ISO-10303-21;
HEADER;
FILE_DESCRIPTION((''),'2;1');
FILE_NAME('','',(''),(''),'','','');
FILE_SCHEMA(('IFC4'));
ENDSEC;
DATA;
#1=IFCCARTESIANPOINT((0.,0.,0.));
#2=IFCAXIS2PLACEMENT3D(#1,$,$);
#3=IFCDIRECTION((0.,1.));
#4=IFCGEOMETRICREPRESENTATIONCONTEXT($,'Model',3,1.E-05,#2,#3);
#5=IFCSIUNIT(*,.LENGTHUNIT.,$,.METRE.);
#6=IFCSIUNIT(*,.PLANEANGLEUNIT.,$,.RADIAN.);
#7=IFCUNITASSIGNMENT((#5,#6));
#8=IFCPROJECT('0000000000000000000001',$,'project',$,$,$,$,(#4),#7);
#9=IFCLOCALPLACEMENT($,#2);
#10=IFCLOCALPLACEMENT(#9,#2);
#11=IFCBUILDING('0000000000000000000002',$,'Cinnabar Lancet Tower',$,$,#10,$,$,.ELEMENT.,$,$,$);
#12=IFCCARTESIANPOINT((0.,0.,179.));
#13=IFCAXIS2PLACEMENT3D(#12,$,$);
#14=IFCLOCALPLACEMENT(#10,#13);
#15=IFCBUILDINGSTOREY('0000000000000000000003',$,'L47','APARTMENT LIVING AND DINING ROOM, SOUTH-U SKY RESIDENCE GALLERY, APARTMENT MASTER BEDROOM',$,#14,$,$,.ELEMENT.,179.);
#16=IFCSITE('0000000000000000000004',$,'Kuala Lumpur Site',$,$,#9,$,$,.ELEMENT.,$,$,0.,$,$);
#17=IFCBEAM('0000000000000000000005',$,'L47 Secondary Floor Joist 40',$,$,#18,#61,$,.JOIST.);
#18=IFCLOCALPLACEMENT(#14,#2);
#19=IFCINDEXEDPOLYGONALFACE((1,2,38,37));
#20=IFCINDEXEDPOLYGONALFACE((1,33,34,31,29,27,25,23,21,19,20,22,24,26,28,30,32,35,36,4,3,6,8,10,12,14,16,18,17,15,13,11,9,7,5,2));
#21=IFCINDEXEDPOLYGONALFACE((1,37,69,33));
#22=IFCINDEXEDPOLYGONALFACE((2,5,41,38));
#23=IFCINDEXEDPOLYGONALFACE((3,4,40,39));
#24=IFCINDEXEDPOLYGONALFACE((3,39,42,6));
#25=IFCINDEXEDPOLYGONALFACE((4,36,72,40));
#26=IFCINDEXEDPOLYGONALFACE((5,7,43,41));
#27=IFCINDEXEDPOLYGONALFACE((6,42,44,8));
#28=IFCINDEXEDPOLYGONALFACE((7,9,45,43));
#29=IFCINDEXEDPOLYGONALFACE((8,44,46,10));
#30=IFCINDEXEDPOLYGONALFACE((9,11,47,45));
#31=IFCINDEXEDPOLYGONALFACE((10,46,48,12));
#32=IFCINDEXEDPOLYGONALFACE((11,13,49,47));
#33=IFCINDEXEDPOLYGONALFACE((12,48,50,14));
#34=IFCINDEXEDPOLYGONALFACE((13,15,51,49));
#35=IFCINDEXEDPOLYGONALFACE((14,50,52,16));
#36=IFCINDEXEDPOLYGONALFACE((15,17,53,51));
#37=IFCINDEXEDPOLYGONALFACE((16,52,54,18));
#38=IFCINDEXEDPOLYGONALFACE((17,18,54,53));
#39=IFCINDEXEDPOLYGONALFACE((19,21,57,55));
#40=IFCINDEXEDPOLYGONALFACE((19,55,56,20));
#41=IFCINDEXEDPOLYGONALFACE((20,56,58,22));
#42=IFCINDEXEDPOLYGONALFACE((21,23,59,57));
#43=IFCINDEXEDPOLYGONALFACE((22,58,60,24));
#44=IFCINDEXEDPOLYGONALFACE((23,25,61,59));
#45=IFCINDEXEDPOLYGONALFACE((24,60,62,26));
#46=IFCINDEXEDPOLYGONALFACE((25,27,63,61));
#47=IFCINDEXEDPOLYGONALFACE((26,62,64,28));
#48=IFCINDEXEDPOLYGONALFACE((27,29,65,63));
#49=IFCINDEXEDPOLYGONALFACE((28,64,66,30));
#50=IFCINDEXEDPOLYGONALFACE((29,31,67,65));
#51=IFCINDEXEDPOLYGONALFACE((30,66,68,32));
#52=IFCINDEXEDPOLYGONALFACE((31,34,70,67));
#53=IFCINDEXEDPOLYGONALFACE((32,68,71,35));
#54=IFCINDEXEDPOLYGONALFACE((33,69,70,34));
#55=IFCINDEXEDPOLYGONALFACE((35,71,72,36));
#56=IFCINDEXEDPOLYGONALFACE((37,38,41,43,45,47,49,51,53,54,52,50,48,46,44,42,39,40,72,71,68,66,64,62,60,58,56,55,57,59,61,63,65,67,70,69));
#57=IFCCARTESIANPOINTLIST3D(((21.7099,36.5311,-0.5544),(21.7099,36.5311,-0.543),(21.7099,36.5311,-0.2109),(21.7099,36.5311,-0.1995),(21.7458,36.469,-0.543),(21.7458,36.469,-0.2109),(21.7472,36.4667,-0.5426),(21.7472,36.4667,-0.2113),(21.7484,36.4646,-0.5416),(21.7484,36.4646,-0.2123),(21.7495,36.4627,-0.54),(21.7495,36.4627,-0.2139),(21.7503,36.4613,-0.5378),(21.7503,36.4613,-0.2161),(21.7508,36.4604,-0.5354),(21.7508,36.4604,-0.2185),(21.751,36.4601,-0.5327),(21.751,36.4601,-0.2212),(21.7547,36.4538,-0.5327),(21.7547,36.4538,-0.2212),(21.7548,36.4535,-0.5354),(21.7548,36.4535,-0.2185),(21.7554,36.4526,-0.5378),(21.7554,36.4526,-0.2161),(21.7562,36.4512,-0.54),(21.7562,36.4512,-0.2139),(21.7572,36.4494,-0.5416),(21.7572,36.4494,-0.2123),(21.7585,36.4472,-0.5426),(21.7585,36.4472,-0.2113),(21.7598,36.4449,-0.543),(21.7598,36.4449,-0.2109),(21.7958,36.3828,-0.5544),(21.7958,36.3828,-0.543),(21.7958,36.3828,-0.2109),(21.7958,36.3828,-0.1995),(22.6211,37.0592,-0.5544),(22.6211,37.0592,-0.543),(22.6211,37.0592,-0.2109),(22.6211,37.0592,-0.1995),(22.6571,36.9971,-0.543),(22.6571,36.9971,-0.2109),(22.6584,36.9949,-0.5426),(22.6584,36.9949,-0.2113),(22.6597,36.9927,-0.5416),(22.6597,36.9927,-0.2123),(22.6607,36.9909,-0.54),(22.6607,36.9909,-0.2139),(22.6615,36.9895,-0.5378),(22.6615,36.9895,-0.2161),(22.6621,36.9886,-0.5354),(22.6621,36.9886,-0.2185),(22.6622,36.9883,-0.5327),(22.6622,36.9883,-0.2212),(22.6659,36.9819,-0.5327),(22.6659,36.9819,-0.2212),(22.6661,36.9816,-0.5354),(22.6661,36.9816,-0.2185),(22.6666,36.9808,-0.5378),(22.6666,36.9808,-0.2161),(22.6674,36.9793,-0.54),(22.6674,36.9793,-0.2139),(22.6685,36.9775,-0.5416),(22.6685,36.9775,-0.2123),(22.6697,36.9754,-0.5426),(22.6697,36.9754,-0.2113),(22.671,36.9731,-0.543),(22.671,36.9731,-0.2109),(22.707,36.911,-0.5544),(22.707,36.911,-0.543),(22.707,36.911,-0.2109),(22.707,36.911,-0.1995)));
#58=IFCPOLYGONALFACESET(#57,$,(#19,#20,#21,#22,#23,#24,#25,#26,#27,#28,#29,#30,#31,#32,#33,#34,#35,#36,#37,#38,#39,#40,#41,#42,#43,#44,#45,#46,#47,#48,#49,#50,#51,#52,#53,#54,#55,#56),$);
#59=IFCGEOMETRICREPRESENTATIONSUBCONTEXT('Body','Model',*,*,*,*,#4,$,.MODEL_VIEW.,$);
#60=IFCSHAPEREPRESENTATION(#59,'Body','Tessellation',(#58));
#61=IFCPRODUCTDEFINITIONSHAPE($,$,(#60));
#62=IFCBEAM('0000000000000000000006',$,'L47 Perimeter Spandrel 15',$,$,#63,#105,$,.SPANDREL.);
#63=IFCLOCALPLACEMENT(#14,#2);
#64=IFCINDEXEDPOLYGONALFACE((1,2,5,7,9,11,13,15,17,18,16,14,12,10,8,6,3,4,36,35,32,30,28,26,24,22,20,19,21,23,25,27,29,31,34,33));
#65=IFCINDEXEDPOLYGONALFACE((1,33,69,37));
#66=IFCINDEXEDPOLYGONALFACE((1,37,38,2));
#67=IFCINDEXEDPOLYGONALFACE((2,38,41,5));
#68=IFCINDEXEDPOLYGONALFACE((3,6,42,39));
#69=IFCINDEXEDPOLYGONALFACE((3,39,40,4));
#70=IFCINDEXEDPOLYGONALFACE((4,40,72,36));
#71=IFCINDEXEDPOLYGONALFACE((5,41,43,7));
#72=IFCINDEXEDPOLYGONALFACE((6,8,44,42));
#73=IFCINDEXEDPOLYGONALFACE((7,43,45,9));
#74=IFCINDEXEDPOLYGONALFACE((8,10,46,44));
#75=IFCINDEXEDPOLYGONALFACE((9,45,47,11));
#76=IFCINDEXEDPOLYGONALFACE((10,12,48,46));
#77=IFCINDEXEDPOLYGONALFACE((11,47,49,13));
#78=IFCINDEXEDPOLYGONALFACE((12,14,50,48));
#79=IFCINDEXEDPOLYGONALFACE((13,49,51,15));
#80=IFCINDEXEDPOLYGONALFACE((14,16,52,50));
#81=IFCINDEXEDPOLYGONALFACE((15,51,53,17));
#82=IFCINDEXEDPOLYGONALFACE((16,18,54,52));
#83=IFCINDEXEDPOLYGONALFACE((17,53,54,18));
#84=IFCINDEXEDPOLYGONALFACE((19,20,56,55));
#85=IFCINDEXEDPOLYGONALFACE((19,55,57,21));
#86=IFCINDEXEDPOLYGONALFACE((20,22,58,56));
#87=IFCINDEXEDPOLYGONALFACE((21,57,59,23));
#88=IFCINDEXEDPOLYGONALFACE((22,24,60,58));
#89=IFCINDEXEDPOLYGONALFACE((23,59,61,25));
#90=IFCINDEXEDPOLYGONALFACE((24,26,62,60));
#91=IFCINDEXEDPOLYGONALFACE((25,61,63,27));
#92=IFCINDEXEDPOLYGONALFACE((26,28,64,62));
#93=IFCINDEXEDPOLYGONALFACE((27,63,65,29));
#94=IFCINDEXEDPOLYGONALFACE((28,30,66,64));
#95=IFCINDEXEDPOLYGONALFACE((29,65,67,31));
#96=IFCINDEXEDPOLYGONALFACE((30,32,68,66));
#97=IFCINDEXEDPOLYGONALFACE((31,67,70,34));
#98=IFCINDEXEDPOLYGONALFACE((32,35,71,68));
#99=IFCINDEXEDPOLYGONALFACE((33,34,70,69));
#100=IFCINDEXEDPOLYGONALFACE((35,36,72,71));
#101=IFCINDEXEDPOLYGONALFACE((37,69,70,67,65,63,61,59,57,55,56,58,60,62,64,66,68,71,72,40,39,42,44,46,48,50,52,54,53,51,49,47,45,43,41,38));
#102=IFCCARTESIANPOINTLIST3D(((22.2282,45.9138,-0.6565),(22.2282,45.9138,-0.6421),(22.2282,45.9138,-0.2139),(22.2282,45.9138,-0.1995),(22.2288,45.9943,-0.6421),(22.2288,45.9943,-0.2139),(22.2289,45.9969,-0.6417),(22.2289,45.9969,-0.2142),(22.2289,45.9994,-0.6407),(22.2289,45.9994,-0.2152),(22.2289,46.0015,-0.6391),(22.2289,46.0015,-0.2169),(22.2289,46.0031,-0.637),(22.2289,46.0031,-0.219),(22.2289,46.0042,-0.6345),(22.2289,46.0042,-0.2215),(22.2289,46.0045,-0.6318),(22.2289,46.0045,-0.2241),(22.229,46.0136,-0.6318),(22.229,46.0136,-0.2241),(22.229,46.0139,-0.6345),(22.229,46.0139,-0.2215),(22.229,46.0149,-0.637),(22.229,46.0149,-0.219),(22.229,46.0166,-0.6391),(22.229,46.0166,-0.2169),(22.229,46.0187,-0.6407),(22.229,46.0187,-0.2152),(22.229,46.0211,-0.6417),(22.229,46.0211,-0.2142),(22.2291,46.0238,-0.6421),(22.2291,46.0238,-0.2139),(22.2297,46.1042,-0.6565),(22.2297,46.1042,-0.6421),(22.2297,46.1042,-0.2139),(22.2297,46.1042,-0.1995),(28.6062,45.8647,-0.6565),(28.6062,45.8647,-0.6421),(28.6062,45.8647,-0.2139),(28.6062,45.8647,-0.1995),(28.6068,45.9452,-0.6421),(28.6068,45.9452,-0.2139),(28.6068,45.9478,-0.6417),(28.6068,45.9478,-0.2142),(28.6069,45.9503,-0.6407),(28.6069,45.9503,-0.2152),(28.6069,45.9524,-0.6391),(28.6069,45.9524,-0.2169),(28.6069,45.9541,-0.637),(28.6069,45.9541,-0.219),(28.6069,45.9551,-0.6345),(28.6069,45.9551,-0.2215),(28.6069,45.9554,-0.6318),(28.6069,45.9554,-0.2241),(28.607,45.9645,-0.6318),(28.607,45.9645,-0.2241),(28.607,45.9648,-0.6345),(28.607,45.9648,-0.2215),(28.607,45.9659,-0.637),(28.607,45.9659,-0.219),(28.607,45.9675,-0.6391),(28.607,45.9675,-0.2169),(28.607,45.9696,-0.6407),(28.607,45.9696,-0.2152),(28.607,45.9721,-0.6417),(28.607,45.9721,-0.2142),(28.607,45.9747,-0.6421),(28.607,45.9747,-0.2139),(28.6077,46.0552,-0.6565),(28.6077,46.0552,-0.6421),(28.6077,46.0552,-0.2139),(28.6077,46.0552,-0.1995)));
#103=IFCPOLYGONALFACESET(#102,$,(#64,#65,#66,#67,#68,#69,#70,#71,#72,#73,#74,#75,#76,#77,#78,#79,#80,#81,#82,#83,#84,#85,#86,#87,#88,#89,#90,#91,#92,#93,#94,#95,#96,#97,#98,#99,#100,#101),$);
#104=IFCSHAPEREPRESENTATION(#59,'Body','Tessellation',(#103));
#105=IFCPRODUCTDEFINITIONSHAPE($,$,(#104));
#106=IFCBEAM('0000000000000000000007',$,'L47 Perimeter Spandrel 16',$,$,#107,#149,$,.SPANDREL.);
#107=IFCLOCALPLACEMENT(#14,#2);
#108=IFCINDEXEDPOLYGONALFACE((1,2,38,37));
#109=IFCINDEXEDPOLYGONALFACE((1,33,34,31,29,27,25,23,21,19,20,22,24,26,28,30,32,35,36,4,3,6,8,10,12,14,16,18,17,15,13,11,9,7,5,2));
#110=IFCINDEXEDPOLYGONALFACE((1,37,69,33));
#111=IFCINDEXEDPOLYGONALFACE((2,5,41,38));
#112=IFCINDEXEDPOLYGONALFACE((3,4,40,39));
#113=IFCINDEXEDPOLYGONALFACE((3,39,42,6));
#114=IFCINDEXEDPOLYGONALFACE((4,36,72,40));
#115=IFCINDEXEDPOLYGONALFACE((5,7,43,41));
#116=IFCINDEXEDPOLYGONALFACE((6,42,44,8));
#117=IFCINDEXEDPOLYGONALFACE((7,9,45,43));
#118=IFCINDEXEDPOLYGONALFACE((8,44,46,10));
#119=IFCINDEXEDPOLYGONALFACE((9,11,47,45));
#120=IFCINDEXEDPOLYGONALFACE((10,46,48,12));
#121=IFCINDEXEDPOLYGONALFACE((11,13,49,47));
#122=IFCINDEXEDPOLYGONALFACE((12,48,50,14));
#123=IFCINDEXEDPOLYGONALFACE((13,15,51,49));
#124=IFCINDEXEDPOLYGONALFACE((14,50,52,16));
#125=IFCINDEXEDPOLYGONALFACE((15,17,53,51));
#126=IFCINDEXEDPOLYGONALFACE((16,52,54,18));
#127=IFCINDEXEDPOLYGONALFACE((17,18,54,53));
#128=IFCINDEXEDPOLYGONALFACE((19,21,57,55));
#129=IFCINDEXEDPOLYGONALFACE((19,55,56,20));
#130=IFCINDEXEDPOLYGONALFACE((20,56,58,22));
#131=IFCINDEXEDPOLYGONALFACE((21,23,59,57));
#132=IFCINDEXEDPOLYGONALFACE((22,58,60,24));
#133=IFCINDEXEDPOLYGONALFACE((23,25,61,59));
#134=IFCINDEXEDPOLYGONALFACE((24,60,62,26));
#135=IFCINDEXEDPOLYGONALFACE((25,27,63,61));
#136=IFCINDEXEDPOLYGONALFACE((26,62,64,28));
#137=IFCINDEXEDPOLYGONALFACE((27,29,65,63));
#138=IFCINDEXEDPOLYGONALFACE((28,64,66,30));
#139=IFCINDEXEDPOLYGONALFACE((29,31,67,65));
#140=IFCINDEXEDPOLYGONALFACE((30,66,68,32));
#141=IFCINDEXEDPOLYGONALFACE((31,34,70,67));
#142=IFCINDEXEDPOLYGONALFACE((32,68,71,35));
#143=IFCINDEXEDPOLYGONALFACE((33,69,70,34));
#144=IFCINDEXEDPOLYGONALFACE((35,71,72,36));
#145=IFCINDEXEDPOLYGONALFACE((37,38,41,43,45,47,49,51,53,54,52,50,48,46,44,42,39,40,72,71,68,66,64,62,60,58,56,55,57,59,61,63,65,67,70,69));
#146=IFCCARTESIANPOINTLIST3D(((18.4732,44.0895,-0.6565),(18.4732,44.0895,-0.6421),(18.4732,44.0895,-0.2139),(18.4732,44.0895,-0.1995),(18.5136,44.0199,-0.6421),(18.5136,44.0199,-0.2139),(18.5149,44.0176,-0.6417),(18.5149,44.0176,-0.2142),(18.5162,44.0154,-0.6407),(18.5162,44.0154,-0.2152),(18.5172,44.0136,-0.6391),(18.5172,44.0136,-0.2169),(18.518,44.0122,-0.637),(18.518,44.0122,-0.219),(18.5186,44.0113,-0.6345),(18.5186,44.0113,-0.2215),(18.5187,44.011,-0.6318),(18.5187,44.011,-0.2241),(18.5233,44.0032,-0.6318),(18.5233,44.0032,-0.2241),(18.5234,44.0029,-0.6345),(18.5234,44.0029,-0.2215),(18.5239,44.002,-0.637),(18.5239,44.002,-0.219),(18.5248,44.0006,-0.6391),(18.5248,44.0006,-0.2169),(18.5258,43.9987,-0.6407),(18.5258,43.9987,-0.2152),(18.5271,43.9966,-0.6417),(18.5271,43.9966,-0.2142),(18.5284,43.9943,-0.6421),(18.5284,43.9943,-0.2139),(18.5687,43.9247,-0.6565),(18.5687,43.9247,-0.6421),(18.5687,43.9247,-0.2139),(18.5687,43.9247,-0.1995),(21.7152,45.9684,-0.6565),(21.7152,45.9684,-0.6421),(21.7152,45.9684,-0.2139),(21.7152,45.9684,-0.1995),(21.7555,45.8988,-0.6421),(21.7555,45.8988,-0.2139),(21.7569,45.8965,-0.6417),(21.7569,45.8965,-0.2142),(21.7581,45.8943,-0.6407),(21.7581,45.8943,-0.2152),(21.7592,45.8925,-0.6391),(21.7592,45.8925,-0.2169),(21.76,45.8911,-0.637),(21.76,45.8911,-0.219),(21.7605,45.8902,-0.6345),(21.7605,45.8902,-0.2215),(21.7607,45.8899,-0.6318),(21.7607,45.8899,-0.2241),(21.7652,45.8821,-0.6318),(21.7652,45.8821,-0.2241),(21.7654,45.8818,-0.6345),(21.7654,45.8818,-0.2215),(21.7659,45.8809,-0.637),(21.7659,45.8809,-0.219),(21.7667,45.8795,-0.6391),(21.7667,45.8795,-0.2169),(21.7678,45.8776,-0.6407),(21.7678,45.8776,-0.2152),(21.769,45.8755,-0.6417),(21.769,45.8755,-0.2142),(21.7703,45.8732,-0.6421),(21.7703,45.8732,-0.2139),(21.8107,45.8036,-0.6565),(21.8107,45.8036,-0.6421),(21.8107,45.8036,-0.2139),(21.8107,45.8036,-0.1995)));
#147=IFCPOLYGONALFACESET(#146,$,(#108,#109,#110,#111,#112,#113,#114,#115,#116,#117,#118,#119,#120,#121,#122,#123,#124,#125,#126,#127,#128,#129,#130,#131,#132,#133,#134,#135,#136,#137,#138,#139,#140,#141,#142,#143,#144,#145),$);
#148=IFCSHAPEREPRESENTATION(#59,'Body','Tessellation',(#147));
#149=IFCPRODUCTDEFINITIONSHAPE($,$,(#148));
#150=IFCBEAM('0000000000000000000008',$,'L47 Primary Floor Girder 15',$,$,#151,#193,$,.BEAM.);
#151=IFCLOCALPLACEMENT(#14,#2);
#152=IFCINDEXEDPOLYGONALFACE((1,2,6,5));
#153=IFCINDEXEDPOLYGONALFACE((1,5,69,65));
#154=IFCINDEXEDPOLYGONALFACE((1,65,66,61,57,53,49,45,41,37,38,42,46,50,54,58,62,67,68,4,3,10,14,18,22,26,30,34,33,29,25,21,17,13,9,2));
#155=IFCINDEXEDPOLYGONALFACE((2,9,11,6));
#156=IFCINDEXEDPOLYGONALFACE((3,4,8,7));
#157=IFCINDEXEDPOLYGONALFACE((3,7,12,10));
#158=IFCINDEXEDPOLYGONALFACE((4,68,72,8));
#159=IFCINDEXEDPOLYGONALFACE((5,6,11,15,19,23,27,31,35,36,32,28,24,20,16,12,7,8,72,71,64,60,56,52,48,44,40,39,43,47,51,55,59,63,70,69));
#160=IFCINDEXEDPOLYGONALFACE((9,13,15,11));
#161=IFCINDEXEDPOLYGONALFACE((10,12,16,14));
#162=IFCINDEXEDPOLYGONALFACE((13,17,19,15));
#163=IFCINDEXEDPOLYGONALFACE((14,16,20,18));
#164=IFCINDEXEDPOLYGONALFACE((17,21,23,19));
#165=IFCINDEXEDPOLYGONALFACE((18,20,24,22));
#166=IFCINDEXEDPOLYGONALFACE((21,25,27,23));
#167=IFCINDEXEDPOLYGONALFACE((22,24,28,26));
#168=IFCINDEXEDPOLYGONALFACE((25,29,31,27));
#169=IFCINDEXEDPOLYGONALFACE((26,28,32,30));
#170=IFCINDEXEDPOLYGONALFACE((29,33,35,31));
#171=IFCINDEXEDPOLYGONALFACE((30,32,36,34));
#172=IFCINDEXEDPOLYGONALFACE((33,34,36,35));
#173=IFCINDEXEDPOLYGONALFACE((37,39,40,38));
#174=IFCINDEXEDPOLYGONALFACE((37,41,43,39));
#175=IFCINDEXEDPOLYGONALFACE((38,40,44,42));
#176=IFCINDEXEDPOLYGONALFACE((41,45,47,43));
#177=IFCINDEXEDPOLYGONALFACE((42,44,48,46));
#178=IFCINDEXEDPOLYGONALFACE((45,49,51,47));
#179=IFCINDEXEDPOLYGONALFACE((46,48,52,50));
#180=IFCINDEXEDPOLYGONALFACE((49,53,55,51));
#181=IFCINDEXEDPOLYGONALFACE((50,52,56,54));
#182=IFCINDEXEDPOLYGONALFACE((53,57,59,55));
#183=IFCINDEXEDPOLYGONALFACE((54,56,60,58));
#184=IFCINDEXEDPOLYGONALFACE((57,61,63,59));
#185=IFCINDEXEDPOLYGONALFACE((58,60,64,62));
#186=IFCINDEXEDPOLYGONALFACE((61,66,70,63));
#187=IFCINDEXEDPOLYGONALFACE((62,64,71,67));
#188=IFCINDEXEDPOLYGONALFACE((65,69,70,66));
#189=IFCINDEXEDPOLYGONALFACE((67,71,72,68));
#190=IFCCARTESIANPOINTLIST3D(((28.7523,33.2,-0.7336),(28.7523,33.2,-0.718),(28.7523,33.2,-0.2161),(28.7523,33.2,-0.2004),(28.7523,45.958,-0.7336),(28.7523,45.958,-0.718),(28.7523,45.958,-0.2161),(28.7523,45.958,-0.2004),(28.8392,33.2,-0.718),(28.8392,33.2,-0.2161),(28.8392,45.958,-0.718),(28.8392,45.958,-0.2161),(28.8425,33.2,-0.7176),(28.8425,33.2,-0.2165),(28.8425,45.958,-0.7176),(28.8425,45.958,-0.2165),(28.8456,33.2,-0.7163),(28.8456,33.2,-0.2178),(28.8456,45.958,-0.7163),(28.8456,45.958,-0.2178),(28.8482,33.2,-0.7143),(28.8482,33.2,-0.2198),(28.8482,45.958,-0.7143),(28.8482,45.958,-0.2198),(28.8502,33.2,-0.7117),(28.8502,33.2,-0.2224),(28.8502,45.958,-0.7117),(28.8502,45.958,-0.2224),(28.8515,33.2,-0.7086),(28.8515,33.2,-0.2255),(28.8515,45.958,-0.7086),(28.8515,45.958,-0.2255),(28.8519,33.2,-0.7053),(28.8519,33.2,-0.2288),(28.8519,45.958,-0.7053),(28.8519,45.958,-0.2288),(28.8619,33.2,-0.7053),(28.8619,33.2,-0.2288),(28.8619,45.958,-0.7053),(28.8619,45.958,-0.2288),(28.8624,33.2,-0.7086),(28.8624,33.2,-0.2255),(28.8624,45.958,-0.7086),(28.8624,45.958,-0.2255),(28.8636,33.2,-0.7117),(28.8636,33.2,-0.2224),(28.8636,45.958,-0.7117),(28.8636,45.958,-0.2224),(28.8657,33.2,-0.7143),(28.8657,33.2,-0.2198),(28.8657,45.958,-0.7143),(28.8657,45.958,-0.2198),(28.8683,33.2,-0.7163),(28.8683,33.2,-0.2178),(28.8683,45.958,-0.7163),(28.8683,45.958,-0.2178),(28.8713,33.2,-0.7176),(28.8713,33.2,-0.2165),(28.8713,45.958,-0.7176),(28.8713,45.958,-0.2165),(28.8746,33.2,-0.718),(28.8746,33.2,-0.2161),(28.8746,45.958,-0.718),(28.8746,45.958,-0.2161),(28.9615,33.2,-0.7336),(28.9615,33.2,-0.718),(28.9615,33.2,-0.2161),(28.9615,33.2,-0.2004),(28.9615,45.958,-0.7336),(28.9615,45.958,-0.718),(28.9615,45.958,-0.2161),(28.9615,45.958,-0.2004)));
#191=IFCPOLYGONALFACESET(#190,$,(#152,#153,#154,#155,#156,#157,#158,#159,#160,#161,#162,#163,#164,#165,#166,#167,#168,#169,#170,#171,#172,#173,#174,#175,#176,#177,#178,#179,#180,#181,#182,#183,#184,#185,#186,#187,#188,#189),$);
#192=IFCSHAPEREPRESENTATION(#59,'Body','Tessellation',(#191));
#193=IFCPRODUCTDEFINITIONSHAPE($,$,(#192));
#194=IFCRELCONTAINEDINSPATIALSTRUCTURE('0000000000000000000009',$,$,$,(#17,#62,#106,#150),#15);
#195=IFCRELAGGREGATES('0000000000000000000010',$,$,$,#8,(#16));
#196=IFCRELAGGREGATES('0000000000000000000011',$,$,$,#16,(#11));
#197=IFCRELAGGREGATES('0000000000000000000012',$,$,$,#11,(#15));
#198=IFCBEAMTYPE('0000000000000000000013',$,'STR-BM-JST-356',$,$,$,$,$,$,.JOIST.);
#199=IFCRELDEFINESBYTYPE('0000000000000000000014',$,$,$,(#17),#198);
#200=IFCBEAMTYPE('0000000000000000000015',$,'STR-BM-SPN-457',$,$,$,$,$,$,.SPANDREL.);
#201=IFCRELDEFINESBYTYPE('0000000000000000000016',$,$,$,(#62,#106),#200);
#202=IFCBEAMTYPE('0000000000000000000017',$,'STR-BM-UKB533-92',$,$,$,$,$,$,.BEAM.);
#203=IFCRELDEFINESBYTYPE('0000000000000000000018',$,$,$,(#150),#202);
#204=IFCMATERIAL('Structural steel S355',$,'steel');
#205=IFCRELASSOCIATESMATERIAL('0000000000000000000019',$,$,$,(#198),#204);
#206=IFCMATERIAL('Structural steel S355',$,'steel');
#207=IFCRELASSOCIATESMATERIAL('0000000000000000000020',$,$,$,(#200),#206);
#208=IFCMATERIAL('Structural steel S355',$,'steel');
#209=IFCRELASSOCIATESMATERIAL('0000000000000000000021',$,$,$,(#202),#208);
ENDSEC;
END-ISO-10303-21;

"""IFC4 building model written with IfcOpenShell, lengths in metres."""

from ifc_helpers import new_model, si_unit, direction, frame, origin, origin_2d, place, context, subcontext, project, spatial, i_section, extrude, material, material_profile, profile_set, type_object, element, save


model = new_model("IFC4")

# Units and contexts
model_context = context("Model", 3, precision=1e-05, world=origin(), true_north=direction((0.0, 1.0)))
body_context = subcontext(model_context, "Body", "Model", "MODEL_VIEW")
ifc_project = project(units=[si_unit("LENGTHUNIT", "METRE"), si_unit("PLANEANGLEUNIT", "RADIAN")], contexts=[model_context])

# Site, building, storey
site_placement = place(None, origin())
site = spatial("IfcSite", under=ifc_project, at=site_placement, Name="Kuala Lumpur Site", CompositionType="ELEMENT", RefElevation=0.0)
building_placement = place(site_placement, origin())
building = spatial("IfcBuilding", under=site, at=building_placement, Name="Cinnabar Lancet Tower", CompositionType="ELEMENT")
storey_placement = place(building_placement, frame((0.0, 0.0, 179.0)))
storey = spatial("IfcBuildingStorey", under=building, at=storey_placement, Name="L47", Description="APARTMENT LIVING AND DINING ROOM, SOUTH-U SKY RESIDENCE GALLERY, APARTMENT MASTER BEDROOM", CompositionType="ELEMENT", Elevation=179.0)

# Beams
ifc_material_1 = material(Name="Structural steel S355", Category="steel")
ifc_material_profile_1 = material_profile(ifc_material_1, i_section(OverallWidth=0.1714, OverallDepth=0.355, WebThickness=0.0073, FlangeThickness=0.0115, FilletRadius=0.0103, at=origin_2d()), Name="UKB 356x171x51")
ifc_profile_set_1 = profile_set([ifc_material_profile_1], Name="Structural steel S355")
beam_type_1 = type_object("IfcBeamType", Name="STR-BM-JST-356", PredefinedType="JOIST", material=ifc_profile_set_1)
beam_1_placement = place(storey_placement, frame((22.6641, 36.9851, -0.377), z_axis=(-0.865188, -0.501447, 0.0), x_axis=(0.501447, -0.865188, 0.0)))
element("IfcBeam", 1, at=beam_1_placement, inside=storey, type_object=beam_type_1, Name="L47 Secondary Floor Joist 40", PredefinedType="JOIST", context=body_context, shape_type="SweptSolid", body=[
    extrude(i_section(OverallWidth=0.1714, OverallDepth=0.355, WebThickness=0.0073, FlangeThickness=0.0115, FilletRadius=0.0103, at=origin_2d()), origin(), (0.0, 0.0, 1.0), 1.0532),
])
ifc_material_2 = material(Name="Structural steel S355", Category="steel")
ifc_material_profile_2 = material_profile(ifc_material_2, i_section(OverallWidth=0.1904, OverallDepth=0.457, WebThickness=0.009, FlangeThickness=0.0144, FilletRadius=0.0103, at=origin_2d()), Name="UKB 457x191x74")
ifc_profile_set_2 = profile_set([ifc_material_profile_2], Name="Structural steel S355")
beam_type_2 = type_object("IfcBeamType", Name="STR-BM-SPN-457", PredefinedType="SPANDREL", material=ifc_profile_set_2)
beam_2_placement = place(storey_placement, frame((28.6069, 45.96, -0.428), z_axis=(-0.99997, 0.007694, 0.0), x_axis=(-0.007694, -0.99997, 0.0)))
element("IfcBeam", 2, at=beam_2_placement, inside=storey, type_object=beam_type_2, Name="L47 Perimeter Spandrel 15", PredefinedType="SPANDREL", context=body_context, shape_type="SweptSolid", body=[
    extrude(i_section(OverallWidth=0.1904, OverallDepth=0.457, WebThickness=0.009, FlangeThickness=0.0144, FilletRadius=0.0103, at=origin_2d()), origin(), (0.0, 0.0, 1.0), 6.3782),
])
beam_3_placement = place(storey_placement, frame((21.7629, 45.886, -0.428), z_axis=(-0.865196, -0.501434, 0.0), x_axis=(0.501434, -0.865196, 0.0)))
element("IfcBeam", 3, at=beam_3_placement, inside=storey, type_object=beam_type_2, Name="L47 Perimeter Spandrel 16", PredefinedType="SPANDREL", context=body_context, shape_type="SweptSolid", body=[
    extrude(i_section(OverallWidth=0.1904, OverallDepth=0.457, WebThickness=0.009, FlangeThickness=0.0144, FilletRadius=0.0103, at=origin_2d()), origin(), (0.0, 0.0, 1.0), 3.7471),
])
ifc_material_3 = material(Name="Structural steel S355", Category="steel")
ifc_material_profile_3 = material_profile(ifc_material_3, i_section(OverallWidth=0.2092, OverallDepth=0.5332, WebThickness=0.01, FlangeThickness=0.0156, FilletRadius=0.0127, at=origin_2d()), Name="UKB 533x210x92")
ifc_profile_set_3 = profile_set([ifc_material_profile_3], Name="Structural steel S355")
beam_type_3 = type_object("IfcBeamType", Name="STR-BM-UKB533-92", PredefinedType="BEAM", material=ifc_profile_set_3)
beam_4_placement = place(storey_placement, frame((28.8569, 45.958, -0.467), z_axis=(0.0, -1.0, 0.0), x_axis=(1.0, 0.0, 0.0)))
element("IfcBeam", 4, at=beam_4_placement, inside=storey, type_object=beam_type_3, Name="L47 Primary Floor Girder 15", PredefinedType="BEAM", context=body_context, shape_type="SweptSolid", body=[
    extrude(i_section(OverallWidth=0.2092, OverallDepth=0.5332, WebThickness=0.01, FlangeThickness=0.0156, FilletRadius=0.0127, at=origin_2d()), origin(), (0.0, 0.0, 1.0), 12.7581),
])

save(model, "model.ifc")
